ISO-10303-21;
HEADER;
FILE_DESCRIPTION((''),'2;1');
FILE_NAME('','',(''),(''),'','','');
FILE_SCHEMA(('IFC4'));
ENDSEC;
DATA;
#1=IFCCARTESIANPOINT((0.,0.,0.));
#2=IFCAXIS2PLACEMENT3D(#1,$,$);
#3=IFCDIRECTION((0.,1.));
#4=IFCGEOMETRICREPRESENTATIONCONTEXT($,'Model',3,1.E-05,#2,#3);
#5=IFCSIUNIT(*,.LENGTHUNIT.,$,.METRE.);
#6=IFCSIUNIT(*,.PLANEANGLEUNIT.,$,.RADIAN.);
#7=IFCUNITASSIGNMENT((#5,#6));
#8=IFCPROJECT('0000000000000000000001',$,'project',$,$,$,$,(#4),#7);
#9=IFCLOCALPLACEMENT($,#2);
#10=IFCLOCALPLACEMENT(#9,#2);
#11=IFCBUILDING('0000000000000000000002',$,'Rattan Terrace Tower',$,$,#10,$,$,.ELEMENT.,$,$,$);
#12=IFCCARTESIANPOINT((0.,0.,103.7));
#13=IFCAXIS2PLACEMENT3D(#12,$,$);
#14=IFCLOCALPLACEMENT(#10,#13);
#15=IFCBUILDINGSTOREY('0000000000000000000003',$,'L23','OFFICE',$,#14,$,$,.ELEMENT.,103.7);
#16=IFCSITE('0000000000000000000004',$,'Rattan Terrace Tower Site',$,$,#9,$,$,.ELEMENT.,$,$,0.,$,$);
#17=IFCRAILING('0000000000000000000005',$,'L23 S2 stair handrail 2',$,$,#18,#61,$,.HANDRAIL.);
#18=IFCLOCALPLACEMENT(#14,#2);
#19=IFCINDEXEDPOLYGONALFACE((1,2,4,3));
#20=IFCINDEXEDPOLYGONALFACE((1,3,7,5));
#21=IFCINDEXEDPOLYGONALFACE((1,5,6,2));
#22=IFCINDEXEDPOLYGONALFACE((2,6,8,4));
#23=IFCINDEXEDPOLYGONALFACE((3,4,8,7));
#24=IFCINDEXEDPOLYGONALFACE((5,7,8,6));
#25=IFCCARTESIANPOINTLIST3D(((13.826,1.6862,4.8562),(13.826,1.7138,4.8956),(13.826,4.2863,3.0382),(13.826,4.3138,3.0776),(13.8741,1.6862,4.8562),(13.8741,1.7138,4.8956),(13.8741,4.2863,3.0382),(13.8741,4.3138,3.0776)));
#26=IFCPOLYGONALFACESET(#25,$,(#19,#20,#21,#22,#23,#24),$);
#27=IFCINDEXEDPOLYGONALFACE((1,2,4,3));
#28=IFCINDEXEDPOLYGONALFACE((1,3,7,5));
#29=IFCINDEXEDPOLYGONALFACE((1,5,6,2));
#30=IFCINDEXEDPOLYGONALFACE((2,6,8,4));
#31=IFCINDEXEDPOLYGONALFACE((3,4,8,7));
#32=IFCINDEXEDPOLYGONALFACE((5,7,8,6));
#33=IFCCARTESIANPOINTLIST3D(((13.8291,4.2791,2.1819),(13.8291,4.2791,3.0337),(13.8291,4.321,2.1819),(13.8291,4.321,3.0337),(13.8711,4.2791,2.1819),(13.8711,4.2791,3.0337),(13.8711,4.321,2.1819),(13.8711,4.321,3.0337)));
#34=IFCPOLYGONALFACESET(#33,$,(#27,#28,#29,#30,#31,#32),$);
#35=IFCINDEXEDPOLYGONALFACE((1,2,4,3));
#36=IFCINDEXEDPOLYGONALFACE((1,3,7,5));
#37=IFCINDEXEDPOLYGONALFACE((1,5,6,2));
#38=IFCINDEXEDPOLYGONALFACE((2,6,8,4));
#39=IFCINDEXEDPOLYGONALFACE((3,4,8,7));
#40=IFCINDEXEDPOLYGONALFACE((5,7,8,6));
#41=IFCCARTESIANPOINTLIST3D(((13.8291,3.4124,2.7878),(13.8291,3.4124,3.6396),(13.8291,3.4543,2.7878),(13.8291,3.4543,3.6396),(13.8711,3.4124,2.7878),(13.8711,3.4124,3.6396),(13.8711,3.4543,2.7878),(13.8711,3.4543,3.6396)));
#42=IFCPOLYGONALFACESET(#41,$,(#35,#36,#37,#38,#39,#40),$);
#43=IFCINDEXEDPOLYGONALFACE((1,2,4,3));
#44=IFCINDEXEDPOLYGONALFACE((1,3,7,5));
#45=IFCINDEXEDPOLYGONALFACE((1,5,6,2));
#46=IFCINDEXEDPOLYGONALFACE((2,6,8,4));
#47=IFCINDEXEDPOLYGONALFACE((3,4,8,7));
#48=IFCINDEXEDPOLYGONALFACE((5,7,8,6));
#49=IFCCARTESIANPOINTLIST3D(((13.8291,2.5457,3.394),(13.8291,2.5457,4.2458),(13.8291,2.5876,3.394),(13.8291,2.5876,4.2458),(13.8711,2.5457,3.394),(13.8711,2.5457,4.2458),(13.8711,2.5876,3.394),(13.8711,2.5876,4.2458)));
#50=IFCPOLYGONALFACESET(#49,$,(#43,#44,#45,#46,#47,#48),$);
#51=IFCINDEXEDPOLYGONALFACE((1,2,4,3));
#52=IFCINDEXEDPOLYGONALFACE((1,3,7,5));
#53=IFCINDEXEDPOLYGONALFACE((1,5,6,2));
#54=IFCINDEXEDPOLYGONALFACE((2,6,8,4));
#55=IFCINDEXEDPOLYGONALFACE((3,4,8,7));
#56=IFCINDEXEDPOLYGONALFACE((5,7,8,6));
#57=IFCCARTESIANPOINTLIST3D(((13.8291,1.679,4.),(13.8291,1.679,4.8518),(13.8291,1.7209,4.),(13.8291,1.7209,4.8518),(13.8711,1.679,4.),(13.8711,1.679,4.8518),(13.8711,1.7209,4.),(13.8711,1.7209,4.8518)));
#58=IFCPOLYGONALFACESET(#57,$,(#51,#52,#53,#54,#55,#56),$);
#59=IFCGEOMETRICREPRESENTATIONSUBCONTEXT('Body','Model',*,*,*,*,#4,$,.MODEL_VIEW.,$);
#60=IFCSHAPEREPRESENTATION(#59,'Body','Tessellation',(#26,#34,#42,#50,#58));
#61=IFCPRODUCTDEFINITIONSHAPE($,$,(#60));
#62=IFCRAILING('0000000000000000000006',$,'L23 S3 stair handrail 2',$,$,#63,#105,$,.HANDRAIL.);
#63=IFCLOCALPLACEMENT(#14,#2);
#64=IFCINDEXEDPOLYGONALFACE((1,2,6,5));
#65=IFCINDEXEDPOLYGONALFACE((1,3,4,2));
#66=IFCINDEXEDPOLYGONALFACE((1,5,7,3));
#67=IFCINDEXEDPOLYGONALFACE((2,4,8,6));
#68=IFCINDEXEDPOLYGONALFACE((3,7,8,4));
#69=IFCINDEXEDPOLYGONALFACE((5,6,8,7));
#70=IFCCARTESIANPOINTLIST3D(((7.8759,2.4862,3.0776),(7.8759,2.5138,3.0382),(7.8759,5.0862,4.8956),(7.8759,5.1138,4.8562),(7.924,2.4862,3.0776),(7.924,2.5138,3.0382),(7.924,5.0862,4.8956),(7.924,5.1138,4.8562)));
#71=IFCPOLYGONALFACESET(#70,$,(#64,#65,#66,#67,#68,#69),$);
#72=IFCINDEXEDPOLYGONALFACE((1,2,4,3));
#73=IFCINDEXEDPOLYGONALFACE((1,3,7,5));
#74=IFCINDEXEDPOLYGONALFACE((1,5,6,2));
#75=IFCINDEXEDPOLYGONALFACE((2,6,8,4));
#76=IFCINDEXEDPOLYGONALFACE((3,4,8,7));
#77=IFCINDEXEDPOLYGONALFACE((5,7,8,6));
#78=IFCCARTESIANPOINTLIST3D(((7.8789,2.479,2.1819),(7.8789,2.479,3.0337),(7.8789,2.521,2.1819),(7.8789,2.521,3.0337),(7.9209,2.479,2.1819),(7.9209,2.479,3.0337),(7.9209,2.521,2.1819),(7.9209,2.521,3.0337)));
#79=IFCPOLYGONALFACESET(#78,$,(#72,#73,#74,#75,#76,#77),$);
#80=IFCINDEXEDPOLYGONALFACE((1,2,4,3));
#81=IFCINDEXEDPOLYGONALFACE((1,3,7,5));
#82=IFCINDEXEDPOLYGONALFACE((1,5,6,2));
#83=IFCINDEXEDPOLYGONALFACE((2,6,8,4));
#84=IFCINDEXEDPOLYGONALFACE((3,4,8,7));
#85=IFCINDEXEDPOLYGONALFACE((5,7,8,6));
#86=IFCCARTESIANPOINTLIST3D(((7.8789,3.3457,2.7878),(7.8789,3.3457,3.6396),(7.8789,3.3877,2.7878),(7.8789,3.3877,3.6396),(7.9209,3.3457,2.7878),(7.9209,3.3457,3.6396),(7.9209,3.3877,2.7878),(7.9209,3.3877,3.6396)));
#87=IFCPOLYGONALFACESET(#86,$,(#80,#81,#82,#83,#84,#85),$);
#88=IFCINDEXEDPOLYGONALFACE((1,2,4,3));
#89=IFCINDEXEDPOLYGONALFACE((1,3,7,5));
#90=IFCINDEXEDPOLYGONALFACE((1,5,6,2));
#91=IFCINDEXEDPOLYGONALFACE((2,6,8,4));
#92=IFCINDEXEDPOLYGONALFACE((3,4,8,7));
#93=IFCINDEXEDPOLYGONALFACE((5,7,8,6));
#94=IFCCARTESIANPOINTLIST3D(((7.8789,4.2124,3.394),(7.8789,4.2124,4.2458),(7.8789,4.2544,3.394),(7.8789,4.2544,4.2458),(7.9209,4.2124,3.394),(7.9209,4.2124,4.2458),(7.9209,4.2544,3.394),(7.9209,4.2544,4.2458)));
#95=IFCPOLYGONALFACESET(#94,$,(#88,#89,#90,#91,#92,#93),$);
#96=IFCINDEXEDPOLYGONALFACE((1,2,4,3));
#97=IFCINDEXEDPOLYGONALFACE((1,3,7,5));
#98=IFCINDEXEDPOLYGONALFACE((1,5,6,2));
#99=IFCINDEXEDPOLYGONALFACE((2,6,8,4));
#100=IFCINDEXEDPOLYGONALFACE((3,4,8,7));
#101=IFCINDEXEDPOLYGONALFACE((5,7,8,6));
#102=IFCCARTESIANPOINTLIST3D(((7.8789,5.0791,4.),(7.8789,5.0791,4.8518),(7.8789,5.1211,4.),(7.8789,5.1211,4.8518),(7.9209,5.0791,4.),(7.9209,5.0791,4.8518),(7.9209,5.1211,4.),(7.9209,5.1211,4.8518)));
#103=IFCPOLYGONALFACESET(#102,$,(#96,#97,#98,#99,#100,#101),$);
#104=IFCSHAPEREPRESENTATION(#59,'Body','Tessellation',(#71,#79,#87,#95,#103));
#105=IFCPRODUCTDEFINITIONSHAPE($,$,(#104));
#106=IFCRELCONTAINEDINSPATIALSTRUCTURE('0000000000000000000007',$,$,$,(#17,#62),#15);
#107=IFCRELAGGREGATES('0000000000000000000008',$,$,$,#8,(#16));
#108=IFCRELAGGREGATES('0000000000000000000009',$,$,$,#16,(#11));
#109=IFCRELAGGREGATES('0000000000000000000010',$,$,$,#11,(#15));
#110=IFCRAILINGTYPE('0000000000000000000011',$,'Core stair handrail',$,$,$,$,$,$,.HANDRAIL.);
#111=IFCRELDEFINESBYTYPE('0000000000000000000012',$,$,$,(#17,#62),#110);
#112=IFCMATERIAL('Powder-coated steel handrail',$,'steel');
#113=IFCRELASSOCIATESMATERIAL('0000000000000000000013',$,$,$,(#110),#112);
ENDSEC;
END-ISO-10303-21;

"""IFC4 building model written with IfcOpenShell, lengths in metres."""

from ifc_helpers import new_model, si_unit, direction, frame, origin, origin_2d, place, context, subcontext, project, spatial, rectangle, extrude, material, type_object, element, save


model = new_model("IFC4")

# Units and contexts
model_context = context("Model", 3, precision=1e-05, world=origin(), true_north=direction((0.0, 1.0)))
body_context = subcontext(model_context, "Body", "Model", "MODEL_VIEW")
ifc_project = project(units=[si_unit("LENGTHUNIT", "METRE"), si_unit("PLANEANGLEUNIT", "RADIAN")], contexts=[model_context])

# Site, building, storey
site_placement = place(None, origin())
site = spatial("IfcSite", under=ifc_project, at=site_placement, Name="Rattan Terrace Tower Site", CompositionType="ELEMENT", RefElevation=0.0)
building_placement = place(site_placement, origin())
building = spatial("IfcBuilding", under=site, at=building_placement, Name="Rattan Terrace Tower", CompositionType="ELEMENT")
storey_placement = place(building_placement, frame((0.0, 0.0, 103.7)))
storey = spatial("IfcBuildingStorey", under=building, at=storey_placement, Name="L23", Description="OFFICE", CompositionType="ELEMENT", Elevation=103.7)

# Railings
ifc_material_1 = material(Name="Powder-coated steel handrail", Category="steel")
railing_type_1 = type_object("IfcRailingType", Name="Core stair handrail", PredefinedType="HANDRAIL", material=ifc_material_1)
railing_1_placement = place(storey_placement, frame((13.8501, 4.3, 2.1819)))
element("IfcRailing", 1, at=railing_1_placement, inside=storey, type_object=railing_type_1, Name="L23 S2 stair handrail 2", PredefinedType="HANDRAIL", context=body_context, shape_type="SweptSolid", body=[
    extrude(rectangle(XDim=0.0481, YDim=0.0481, at=origin_2d()), frame((0.0, 0.0, 0.876), z_axis=(0.0, -0.819521, 0.573049), x_axis=(1.0, 0.0, 0.0)), (0.0, 0.0, 1.0), 3.1726),
    extrude(rectangle(XDim=0.042, YDim=0.042, at=origin_2d()), origin(), (0.0, 0.0, 1.0), 0.8518),
    extrude(rectangle(XDim=0.042, YDim=0.042, at=origin_2d()), frame((0.0, -0.8667, 0.606)), (0.0, 0.0, 1.0), 0.8518),
    extrude(rectangle(XDim=0.042, YDim=0.042, at=origin_2d()), frame((0.0, -1.7334, 1.2122)), (0.0, 0.0, 1.0), 0.8518),
    extrude(rectangle(XDim=0.042, YDim=0.042, at=origin_2d()), frame((0.0, -2.6001, 1.8181)), (0.0, 0.0, 1.0), 0.8518),
])
railing_2_placement = place(storey_placement, frame((7.8999, 2.5, 2.1819)))
element("IfcRailing", 2, at=railing_2_placement, inside=storey, type_object=railing_type_1, Name="L23 S3 stair handrail 2", PredefinedType="HANDRAIL", context=body_context, shape_type="SweptSolid", body=[
    extrude(rectangle(XDim=0.0481, YDim=0.0481, at=origin_2d()), frame((0.0, 0.0, 0.876), z_axis=(0.0, 0.819521, 0.573049), x_axis=(-1.0, 0.0, 0.0)), (0.0, 0.0, 1.0), 3.1726),
    extrude(rectangle(XDim=0.042, YDim=0.042, at=origin_2d()), origin(), (0.0, 0.0, 1.0), 0.8518),
    extrude(rectangle(XDim=0.042, YDim=0.042, at=origin_2d()), frame((0.0, 0.8667, 0.606)), (0.0, 0.0, 1.0), 0.8518),
    extrude(rectangle(XDim=0.042, YDim=0.042, at=origin_2d()), frame((0.0, 1.7334, 1.2122)), (0.0, 0.0, 1.0), 0.8518),
    extrude(rectangle(XDim=0.042, YDim=0.042, at=origin_2d()), frame((0.0, 2.6001, 1.8181)), (0.0, 0.0, 1.0), 0.8518),
])

save(model, "model.ifc")
